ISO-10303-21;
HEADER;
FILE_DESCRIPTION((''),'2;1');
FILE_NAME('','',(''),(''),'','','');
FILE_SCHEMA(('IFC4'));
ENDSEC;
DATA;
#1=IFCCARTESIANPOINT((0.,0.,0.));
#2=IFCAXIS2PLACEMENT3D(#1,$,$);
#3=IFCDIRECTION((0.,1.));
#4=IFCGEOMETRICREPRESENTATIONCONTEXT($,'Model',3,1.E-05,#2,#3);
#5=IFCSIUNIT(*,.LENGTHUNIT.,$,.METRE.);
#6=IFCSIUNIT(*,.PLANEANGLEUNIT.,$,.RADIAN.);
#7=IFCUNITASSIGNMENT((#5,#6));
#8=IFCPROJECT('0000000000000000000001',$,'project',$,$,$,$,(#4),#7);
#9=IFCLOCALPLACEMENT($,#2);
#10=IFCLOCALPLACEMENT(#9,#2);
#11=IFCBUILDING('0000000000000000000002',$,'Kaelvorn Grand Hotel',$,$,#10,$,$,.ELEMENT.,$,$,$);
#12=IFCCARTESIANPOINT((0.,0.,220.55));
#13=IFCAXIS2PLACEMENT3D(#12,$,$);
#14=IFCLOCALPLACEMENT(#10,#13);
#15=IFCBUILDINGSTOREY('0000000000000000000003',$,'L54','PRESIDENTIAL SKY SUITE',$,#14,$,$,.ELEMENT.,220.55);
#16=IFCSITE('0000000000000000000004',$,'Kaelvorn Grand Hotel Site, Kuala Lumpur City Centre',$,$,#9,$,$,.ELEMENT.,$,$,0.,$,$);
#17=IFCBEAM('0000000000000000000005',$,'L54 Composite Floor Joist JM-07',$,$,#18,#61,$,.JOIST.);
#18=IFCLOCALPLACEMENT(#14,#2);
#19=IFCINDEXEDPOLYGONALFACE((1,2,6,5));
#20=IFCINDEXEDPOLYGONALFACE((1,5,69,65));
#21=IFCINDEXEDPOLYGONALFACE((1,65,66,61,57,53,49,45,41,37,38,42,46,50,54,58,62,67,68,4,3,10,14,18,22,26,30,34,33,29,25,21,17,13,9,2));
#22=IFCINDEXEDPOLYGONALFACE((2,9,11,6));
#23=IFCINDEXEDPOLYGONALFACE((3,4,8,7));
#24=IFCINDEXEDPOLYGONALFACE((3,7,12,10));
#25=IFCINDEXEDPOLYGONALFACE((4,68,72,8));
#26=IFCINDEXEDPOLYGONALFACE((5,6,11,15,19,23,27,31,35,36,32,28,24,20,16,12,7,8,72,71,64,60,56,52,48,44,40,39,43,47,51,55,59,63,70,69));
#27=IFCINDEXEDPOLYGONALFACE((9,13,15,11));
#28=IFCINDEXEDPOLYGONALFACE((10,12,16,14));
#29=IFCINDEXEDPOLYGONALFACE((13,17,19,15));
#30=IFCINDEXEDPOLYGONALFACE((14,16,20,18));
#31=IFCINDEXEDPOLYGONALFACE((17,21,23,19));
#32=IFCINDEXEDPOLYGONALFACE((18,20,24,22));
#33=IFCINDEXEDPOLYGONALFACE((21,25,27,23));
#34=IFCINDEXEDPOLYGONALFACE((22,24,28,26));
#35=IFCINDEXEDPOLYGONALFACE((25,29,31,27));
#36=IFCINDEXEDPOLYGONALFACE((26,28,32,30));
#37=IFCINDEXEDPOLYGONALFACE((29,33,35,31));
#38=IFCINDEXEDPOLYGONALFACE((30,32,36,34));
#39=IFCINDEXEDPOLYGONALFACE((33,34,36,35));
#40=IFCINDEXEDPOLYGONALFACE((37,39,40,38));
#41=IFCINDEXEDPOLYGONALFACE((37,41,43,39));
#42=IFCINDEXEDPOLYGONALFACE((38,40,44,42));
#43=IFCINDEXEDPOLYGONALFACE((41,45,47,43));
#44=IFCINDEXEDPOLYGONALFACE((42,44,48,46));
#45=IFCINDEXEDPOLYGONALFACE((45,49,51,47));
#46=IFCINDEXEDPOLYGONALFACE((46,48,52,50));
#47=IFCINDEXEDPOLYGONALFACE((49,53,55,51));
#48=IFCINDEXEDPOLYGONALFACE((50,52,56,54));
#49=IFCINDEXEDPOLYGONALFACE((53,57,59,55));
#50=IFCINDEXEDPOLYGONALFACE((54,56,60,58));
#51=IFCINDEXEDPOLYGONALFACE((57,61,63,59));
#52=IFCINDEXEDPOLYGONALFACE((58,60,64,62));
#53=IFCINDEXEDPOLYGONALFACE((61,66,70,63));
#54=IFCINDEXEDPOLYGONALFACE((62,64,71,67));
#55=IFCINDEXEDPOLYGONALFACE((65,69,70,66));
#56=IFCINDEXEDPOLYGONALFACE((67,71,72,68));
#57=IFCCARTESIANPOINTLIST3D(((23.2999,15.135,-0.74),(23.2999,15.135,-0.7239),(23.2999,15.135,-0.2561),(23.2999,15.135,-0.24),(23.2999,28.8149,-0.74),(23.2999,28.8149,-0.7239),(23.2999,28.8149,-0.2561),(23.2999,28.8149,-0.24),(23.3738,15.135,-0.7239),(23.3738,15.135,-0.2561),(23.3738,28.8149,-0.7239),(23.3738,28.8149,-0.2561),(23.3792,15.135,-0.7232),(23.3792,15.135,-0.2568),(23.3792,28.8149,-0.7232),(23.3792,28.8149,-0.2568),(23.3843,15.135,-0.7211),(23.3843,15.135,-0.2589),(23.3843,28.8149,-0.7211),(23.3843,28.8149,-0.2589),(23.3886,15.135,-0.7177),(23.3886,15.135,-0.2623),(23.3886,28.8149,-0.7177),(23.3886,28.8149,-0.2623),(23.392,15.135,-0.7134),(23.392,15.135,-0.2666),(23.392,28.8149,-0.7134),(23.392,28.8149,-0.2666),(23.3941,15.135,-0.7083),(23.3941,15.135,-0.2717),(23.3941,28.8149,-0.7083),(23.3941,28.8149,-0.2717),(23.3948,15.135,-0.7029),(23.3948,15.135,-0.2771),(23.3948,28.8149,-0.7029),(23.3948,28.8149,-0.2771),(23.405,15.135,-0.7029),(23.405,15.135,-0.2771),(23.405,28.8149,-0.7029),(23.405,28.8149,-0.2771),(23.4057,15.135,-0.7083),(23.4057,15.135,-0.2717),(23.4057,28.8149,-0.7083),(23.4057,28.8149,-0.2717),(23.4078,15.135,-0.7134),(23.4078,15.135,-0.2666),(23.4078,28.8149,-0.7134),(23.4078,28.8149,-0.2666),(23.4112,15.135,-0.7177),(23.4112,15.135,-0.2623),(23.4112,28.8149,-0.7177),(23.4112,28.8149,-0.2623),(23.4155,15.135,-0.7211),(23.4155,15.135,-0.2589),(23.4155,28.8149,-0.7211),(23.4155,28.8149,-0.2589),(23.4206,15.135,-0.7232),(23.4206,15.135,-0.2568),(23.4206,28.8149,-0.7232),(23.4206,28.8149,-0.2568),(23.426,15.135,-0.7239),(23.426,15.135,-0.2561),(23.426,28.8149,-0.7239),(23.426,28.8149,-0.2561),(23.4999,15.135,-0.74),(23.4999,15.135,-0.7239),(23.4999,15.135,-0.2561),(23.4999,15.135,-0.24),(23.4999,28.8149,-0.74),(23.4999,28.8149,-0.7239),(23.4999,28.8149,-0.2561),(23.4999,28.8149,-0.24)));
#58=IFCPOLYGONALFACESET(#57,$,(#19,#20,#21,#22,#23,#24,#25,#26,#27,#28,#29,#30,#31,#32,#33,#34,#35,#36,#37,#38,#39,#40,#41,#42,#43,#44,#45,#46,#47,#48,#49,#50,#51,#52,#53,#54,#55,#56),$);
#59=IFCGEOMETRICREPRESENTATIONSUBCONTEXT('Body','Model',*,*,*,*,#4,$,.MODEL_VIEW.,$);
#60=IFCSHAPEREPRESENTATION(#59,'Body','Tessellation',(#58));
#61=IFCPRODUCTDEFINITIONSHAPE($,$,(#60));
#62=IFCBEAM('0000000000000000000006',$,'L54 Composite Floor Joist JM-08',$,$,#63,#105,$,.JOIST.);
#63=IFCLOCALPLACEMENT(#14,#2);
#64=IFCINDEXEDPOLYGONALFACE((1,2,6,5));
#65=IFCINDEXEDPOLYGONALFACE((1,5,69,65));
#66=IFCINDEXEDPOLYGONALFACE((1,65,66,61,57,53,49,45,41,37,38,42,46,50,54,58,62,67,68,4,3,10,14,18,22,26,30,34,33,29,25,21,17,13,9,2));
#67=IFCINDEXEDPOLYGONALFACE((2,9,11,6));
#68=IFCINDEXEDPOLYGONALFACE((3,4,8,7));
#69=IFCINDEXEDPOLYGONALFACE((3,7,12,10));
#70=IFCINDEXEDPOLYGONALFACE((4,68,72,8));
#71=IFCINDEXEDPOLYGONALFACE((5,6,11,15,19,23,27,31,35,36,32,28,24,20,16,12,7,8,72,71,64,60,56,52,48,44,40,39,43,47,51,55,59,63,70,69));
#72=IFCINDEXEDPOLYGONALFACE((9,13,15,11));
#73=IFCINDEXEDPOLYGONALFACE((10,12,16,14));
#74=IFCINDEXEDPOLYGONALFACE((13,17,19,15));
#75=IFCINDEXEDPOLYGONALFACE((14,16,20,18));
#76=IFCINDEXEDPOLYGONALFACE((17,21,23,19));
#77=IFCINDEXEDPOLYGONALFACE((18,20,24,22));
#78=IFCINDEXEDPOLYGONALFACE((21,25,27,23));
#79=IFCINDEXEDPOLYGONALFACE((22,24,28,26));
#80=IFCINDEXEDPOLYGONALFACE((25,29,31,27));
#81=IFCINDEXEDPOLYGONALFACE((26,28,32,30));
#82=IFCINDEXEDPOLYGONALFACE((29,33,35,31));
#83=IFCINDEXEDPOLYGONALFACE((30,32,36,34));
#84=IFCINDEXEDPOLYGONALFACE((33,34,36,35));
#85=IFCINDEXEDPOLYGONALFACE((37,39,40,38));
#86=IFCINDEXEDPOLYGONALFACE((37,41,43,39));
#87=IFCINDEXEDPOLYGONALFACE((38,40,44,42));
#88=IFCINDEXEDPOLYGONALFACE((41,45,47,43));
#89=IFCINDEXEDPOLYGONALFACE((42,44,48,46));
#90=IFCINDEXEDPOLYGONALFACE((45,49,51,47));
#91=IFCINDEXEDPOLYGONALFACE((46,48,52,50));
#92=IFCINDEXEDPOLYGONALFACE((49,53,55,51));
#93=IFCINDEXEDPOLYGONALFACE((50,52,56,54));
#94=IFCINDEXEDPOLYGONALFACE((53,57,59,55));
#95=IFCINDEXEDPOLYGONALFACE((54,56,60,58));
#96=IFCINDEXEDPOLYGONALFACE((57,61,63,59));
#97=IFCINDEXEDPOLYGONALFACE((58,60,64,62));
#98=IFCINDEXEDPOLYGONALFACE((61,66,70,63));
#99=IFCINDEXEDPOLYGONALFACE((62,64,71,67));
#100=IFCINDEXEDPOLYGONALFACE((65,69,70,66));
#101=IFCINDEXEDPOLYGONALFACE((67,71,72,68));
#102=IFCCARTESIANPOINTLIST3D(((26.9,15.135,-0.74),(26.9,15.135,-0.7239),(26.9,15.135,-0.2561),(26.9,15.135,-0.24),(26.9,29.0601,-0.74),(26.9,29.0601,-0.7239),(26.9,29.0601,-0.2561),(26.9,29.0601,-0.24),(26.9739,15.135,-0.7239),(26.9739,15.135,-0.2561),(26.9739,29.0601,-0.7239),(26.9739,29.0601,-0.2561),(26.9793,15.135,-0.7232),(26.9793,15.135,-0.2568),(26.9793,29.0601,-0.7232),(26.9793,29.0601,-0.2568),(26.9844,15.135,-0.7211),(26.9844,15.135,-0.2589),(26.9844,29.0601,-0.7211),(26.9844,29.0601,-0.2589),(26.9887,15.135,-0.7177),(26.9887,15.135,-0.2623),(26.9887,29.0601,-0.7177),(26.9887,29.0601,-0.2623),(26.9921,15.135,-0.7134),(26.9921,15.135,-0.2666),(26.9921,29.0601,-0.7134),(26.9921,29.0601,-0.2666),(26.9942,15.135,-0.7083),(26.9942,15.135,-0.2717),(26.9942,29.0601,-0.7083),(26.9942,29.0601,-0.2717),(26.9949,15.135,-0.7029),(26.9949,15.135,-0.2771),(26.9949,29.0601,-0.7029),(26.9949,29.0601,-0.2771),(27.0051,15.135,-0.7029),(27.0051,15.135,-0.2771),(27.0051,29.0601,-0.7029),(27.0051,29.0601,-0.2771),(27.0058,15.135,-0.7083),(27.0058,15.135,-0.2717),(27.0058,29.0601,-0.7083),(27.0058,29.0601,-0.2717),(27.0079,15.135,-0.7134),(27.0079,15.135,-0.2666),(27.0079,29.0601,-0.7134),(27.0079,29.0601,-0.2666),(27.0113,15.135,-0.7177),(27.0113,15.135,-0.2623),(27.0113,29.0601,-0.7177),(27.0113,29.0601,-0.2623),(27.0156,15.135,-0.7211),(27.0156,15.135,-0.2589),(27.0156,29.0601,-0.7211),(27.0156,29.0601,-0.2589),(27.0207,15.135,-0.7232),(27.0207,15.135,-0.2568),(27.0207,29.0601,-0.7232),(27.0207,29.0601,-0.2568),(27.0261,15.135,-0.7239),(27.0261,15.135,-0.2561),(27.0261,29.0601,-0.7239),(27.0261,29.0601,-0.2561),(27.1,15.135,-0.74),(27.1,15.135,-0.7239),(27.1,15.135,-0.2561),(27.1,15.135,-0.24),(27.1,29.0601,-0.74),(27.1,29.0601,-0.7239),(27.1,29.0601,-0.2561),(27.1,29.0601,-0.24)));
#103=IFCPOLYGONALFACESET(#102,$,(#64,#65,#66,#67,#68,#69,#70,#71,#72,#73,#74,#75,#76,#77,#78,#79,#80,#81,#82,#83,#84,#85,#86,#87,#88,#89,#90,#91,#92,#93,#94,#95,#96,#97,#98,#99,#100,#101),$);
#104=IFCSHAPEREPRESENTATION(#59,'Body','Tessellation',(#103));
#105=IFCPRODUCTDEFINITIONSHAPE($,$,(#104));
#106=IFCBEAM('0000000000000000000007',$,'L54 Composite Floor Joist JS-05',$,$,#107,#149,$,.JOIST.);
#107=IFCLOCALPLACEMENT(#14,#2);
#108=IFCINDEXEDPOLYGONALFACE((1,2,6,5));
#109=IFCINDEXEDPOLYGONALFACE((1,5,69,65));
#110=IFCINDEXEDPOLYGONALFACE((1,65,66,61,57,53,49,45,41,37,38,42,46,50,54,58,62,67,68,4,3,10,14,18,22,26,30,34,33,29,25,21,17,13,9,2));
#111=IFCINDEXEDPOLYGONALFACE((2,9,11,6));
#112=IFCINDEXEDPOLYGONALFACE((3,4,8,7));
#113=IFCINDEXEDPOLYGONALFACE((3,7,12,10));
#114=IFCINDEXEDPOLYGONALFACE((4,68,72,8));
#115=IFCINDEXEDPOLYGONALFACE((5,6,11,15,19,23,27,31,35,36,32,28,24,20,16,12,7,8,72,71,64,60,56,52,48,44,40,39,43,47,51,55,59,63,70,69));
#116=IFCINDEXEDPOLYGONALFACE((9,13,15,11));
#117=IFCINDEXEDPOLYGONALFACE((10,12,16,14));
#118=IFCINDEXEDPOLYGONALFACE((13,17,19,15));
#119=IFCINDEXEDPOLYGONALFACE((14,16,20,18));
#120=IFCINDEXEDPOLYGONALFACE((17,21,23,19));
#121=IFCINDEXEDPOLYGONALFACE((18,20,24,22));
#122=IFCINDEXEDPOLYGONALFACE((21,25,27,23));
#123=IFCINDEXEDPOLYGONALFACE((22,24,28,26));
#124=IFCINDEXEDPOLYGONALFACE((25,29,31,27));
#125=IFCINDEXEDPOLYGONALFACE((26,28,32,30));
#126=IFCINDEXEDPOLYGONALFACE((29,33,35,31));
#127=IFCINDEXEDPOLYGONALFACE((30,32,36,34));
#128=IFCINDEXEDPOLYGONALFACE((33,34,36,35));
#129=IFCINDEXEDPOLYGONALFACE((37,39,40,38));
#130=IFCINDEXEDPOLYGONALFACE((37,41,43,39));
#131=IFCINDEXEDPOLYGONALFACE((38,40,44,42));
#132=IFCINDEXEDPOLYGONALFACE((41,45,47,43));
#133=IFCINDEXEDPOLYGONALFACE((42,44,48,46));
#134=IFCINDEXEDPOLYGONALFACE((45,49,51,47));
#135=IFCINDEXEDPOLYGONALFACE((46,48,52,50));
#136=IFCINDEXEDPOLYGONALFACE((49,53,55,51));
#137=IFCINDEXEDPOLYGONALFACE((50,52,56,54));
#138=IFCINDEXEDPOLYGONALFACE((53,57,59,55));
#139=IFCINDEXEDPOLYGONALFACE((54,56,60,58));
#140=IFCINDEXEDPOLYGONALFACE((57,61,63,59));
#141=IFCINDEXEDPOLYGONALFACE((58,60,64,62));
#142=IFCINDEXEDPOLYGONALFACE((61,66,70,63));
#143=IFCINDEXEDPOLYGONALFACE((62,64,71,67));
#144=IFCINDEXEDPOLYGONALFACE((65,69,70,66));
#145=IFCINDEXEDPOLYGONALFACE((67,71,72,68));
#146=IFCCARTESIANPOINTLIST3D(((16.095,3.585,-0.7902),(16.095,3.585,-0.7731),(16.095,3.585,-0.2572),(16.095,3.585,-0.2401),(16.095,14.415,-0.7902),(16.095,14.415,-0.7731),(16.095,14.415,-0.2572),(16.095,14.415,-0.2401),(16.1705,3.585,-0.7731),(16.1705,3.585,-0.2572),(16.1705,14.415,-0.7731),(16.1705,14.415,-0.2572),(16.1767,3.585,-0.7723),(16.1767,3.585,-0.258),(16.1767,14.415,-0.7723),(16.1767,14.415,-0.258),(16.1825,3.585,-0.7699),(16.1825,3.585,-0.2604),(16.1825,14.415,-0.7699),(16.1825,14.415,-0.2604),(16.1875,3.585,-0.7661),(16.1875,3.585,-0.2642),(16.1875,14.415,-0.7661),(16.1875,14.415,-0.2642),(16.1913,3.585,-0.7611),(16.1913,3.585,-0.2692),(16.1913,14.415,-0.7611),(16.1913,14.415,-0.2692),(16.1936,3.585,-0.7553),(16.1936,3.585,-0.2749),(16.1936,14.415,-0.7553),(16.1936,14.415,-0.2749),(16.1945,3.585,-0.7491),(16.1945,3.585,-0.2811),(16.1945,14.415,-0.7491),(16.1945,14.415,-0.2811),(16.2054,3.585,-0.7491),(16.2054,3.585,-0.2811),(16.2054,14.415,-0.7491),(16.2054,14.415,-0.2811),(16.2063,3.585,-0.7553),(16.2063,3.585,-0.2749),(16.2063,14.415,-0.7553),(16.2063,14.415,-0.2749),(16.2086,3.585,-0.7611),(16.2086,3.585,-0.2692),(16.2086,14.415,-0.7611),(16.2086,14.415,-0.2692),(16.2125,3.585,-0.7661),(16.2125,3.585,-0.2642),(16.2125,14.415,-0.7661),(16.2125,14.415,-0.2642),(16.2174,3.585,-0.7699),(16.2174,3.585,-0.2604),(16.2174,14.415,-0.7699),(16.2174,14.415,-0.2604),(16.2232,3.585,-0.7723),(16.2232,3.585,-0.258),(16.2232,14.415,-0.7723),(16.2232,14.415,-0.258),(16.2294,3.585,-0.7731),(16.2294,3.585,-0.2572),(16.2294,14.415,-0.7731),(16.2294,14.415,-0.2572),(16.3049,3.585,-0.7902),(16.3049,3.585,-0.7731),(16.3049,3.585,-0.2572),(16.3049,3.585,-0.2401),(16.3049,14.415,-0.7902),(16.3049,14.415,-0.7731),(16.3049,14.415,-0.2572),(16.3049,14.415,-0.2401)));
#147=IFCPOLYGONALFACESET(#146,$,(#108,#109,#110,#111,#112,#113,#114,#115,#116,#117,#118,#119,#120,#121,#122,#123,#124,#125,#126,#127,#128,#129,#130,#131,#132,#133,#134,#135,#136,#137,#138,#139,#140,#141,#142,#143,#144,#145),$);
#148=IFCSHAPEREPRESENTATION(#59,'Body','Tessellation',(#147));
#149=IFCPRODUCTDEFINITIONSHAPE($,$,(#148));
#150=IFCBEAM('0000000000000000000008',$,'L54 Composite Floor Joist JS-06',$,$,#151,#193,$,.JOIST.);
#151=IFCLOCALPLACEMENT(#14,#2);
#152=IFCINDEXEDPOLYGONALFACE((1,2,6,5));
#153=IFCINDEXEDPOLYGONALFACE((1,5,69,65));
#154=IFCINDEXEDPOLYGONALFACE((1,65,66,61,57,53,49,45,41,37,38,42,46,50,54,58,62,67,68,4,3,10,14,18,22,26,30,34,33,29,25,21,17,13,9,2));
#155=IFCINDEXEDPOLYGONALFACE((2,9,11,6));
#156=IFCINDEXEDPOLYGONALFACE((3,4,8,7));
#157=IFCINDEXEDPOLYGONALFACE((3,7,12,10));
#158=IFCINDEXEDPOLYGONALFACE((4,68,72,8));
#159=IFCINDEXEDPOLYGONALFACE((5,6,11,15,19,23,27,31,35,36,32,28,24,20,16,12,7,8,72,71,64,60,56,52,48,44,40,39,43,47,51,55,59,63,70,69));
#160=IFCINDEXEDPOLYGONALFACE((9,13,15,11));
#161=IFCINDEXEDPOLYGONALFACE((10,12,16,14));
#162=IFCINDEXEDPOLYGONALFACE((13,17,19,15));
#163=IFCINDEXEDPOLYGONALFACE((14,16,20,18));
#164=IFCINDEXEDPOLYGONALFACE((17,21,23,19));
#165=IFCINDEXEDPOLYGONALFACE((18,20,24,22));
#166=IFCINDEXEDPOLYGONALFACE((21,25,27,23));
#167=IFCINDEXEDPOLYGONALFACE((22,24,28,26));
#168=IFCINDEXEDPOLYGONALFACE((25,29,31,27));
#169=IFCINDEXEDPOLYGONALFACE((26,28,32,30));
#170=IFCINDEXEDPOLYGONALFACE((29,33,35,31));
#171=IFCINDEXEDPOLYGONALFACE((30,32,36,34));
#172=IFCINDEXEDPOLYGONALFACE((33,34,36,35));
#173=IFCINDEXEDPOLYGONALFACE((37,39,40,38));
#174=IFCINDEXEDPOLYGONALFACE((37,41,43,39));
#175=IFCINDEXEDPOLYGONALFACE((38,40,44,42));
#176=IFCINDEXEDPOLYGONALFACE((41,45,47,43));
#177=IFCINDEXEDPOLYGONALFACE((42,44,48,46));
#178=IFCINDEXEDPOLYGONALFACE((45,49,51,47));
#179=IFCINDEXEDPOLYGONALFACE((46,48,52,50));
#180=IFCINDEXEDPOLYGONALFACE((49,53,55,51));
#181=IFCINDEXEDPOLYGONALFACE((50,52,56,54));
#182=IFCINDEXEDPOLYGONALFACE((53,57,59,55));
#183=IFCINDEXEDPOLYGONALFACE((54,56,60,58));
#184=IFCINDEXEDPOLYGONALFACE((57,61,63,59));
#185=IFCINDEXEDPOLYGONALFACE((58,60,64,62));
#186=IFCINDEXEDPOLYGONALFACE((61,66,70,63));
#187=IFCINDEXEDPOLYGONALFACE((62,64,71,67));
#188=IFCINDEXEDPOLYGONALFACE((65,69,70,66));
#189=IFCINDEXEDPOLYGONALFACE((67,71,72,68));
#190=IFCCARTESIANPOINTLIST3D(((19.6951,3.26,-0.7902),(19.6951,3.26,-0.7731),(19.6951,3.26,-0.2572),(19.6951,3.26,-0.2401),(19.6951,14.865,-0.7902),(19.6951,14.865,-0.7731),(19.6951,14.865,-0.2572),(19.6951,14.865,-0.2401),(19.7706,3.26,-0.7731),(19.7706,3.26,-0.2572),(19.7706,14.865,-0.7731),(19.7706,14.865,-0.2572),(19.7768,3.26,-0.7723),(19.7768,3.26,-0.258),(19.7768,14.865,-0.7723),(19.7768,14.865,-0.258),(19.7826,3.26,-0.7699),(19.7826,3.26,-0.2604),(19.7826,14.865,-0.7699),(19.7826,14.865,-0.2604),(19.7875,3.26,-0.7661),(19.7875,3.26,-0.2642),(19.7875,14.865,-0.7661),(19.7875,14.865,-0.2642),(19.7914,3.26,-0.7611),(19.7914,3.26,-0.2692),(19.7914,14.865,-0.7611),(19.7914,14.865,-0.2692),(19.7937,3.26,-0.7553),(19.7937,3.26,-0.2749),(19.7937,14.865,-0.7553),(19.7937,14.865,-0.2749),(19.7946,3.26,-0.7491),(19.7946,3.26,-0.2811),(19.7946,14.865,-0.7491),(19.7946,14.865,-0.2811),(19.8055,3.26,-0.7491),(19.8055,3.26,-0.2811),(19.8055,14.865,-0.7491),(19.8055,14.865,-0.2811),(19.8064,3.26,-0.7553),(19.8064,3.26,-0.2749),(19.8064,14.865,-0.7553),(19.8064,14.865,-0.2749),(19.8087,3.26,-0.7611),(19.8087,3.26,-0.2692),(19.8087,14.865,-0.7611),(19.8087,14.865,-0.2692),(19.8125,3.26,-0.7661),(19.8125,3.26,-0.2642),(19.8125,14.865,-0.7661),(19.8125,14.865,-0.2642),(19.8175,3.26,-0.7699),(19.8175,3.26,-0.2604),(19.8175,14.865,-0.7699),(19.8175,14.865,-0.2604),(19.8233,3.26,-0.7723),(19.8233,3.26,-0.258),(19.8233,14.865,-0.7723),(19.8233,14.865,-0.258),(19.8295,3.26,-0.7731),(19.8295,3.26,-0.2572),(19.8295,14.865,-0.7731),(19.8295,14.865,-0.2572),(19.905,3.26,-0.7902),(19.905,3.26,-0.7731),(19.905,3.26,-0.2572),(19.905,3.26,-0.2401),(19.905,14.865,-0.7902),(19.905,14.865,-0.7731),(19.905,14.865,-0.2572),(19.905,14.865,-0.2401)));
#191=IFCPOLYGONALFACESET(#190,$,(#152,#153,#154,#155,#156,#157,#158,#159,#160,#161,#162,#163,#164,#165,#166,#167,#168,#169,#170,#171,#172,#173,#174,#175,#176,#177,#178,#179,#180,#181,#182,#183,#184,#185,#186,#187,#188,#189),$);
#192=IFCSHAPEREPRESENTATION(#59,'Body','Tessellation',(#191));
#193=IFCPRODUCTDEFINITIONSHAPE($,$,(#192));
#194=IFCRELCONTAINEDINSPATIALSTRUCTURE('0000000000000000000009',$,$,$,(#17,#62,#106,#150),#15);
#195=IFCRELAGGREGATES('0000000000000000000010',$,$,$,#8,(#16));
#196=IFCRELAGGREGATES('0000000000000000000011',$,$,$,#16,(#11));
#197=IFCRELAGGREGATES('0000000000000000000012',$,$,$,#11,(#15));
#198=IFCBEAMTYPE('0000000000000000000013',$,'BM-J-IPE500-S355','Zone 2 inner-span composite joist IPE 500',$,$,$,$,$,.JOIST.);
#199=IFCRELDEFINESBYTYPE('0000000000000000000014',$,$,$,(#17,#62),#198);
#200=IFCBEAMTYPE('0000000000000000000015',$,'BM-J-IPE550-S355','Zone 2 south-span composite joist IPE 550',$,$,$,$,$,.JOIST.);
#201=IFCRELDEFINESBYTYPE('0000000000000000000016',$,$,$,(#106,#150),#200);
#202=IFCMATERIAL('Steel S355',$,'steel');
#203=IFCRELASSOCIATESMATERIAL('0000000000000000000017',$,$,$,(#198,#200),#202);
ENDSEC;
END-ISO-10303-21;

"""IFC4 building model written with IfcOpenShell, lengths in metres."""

from ifc_helpers import new_model, si_unit, direction, frame, origin, origin_2d, place, context, subcontext, project, spatial, i_section, extrude, material, material_profile, profile_set, type_object, element, save


model = new_model("IFC4")

# Units and contexts
model_context = context("Model", 3, precision=1e-05, world=origin(), true_north=direction((0.0, 1.0)))
body_context = subcontext(model_context, "Body", "Model", "MODEL_VIEW")
ifc_project = project(units=[si_unit("LENGTHUNIT", "METRE"), si_unit("PLANEANGLEUNIT", "RADIAN")], contexts=[model_context])

# Site, building, storey
site_placement = place(None, origin())
site = spatial("IfcSite", under=ifc_project, at=site_placement, Name="Kaelvorn Grand Hotel Site, Kuala Lumpur City Centre", CompositionType="ELEMENT", RefElevation=0.0)
building_placement = place(site_placement, origin())
building = spatial("IfcBuilding", under=site, at=building_placement, Name="Kaelvorn Grand Hotel", CompositionType="ELEMENT")
storey_placement = place(building_placement, frame((0.0, 0.0, 220.55)))
storey = spatial("IfcBuildingStorey", under=building, at=storey_placement, Name="L54", Description="PRESIDENTIAL SKY SUITE", CompositionType="ELEMENT", Elevation=220.55)

# Beams
ifc_material_1 = material(Name="Steel S355", Category="steel")
ifc_material_profile_1 = material_profile(ifc_material_1, i_section(OverallWidth=0.2, OverallDepth=0.5, WebThickness=0.0103, FlangeThickness=0.0161, FilletRadius=0.021, at=origin_2d()), Name="IPE 500")
ifc_profile_set_1 = profile_set([ifc_material_profile_1], Name="Steel S355")
beam_type_1 = type_object("IfcBeamType", Name="BM-J-IPE500-S355", Description="Zone 2 inner-span composite joist IPE 500", PredefinedType="JOIST", material=ifc_profile_set_1)
beam_1_placement = place(storey_placement, frame((23.3999, 15.135, -0.49), z_axis=(0.0, 1.0, 0.0), x_axis=(-1.0, 0.0, 0.0)))
element("IfcBeam", 1, at=beam_1_placement, inside=storey, type_object=beam_type_1, Name="L54 Composite Floor Joist JM-07", PredefinedType="JOIST", context=body_context, shape_type="SweptSolid", body=[
    extrude(i_section(OverallWidth=0.2, OverallDepth=0.5, WebThickness=0.0103, FlangeThickness=0.0161, FilletRadius=0.021, at=origin_2d()), origin(), (0.0, 0.0, 1.0), 13.6799),
])
beam_2_placement = place(storey_placement, frame((27.0, 15.135, -0.49), z_axis=(0.0, 1.0, 0.0), x_axis=(-1.0, 0.0, 0.0)))
element("IfcBeam", 2, at=beam_2_placement, inside=storey, type_object=beam_type_1, Name="L54 Composite Floor Joist JM-08", PredefinedType="JOIST", context=body_context, shape_type="SweptSolid", body=[
    extrude(i_section(OverallWidth=0.2, OverallDepth=0.5, WebThickness=0.0103, FlangeThickness=0.0161, FilletRadius=0.021, at=origin_2d()), origin(), (0.0, 0.0, 1.0), 13.925),
])
ifc_material_profile_2 = material_profile(ifc_material_1, i_section(OverallWidth=0.21, OverallDepth=0.55, WebThickness=0.011, FlangeThickness=0.0171, FilletRadius=0.0239, at=origin_2d()), Name="IPE 550")
ifc_profile_set_2 = profile_set([ifc_material_profile_2], Name="Steel S355")
beam_type_2 = type_object("IfcBeamType", Name="BM-J-IPE550-S355", Description="Zone 2 south-span composite joist IPE 550", PredefinedType="JOIST", material=ifc_profile_set_2)
beam_3_placement = place(storey_placement, frame((16.2, 3.585, -0.5151), z_axis=(0.0, 1.0, 0.0), x_axis=(-1.0, 0.0, 0.0)))
element("IfcBeam", 3, at=beam_3_placement, inside=storey, type_object=beam_type_2, Name="L54 Composite Floor Joist JS-05", PredefinedType="JOIST", context=body_context, shape_type="SweptSolid", body=[
    extrude(i_section(OverallWidth=0.21, OverallDepth=0.55, WebThickness=0.011, FlangeThickness=0.0171, FilletRadius=0.0239, at=origin_2d()), origin(), (0.0, 0.0, 1.0), 10.8301),
])
beam_4_placement = place(storey_placement, frame((19.8, 3.26, -0.5151), z_axis=(0.0, 1.0, 0.0), x_axis=(-1.0, 0.0, 0.0)))
element("IfcBeam", 4, at=beam_4_placement, inside=storey, type_object=beam_type_2, Name="L54 Composite Floor Joist JS-06", PredefinedType="JOIST", context=body_context, shape_type="SweptSolid", body=[
    extrude(i_section(OverallWidth=0.21, OverallDepth=0.55, WebThickness=0.011, FlangeThickness=0.0171, FilletRadius=0.0239, at=origin_2d()), origin(), (0.0, 0.0, 1.0), 11.605),
])

save(model, "model.ifc")
